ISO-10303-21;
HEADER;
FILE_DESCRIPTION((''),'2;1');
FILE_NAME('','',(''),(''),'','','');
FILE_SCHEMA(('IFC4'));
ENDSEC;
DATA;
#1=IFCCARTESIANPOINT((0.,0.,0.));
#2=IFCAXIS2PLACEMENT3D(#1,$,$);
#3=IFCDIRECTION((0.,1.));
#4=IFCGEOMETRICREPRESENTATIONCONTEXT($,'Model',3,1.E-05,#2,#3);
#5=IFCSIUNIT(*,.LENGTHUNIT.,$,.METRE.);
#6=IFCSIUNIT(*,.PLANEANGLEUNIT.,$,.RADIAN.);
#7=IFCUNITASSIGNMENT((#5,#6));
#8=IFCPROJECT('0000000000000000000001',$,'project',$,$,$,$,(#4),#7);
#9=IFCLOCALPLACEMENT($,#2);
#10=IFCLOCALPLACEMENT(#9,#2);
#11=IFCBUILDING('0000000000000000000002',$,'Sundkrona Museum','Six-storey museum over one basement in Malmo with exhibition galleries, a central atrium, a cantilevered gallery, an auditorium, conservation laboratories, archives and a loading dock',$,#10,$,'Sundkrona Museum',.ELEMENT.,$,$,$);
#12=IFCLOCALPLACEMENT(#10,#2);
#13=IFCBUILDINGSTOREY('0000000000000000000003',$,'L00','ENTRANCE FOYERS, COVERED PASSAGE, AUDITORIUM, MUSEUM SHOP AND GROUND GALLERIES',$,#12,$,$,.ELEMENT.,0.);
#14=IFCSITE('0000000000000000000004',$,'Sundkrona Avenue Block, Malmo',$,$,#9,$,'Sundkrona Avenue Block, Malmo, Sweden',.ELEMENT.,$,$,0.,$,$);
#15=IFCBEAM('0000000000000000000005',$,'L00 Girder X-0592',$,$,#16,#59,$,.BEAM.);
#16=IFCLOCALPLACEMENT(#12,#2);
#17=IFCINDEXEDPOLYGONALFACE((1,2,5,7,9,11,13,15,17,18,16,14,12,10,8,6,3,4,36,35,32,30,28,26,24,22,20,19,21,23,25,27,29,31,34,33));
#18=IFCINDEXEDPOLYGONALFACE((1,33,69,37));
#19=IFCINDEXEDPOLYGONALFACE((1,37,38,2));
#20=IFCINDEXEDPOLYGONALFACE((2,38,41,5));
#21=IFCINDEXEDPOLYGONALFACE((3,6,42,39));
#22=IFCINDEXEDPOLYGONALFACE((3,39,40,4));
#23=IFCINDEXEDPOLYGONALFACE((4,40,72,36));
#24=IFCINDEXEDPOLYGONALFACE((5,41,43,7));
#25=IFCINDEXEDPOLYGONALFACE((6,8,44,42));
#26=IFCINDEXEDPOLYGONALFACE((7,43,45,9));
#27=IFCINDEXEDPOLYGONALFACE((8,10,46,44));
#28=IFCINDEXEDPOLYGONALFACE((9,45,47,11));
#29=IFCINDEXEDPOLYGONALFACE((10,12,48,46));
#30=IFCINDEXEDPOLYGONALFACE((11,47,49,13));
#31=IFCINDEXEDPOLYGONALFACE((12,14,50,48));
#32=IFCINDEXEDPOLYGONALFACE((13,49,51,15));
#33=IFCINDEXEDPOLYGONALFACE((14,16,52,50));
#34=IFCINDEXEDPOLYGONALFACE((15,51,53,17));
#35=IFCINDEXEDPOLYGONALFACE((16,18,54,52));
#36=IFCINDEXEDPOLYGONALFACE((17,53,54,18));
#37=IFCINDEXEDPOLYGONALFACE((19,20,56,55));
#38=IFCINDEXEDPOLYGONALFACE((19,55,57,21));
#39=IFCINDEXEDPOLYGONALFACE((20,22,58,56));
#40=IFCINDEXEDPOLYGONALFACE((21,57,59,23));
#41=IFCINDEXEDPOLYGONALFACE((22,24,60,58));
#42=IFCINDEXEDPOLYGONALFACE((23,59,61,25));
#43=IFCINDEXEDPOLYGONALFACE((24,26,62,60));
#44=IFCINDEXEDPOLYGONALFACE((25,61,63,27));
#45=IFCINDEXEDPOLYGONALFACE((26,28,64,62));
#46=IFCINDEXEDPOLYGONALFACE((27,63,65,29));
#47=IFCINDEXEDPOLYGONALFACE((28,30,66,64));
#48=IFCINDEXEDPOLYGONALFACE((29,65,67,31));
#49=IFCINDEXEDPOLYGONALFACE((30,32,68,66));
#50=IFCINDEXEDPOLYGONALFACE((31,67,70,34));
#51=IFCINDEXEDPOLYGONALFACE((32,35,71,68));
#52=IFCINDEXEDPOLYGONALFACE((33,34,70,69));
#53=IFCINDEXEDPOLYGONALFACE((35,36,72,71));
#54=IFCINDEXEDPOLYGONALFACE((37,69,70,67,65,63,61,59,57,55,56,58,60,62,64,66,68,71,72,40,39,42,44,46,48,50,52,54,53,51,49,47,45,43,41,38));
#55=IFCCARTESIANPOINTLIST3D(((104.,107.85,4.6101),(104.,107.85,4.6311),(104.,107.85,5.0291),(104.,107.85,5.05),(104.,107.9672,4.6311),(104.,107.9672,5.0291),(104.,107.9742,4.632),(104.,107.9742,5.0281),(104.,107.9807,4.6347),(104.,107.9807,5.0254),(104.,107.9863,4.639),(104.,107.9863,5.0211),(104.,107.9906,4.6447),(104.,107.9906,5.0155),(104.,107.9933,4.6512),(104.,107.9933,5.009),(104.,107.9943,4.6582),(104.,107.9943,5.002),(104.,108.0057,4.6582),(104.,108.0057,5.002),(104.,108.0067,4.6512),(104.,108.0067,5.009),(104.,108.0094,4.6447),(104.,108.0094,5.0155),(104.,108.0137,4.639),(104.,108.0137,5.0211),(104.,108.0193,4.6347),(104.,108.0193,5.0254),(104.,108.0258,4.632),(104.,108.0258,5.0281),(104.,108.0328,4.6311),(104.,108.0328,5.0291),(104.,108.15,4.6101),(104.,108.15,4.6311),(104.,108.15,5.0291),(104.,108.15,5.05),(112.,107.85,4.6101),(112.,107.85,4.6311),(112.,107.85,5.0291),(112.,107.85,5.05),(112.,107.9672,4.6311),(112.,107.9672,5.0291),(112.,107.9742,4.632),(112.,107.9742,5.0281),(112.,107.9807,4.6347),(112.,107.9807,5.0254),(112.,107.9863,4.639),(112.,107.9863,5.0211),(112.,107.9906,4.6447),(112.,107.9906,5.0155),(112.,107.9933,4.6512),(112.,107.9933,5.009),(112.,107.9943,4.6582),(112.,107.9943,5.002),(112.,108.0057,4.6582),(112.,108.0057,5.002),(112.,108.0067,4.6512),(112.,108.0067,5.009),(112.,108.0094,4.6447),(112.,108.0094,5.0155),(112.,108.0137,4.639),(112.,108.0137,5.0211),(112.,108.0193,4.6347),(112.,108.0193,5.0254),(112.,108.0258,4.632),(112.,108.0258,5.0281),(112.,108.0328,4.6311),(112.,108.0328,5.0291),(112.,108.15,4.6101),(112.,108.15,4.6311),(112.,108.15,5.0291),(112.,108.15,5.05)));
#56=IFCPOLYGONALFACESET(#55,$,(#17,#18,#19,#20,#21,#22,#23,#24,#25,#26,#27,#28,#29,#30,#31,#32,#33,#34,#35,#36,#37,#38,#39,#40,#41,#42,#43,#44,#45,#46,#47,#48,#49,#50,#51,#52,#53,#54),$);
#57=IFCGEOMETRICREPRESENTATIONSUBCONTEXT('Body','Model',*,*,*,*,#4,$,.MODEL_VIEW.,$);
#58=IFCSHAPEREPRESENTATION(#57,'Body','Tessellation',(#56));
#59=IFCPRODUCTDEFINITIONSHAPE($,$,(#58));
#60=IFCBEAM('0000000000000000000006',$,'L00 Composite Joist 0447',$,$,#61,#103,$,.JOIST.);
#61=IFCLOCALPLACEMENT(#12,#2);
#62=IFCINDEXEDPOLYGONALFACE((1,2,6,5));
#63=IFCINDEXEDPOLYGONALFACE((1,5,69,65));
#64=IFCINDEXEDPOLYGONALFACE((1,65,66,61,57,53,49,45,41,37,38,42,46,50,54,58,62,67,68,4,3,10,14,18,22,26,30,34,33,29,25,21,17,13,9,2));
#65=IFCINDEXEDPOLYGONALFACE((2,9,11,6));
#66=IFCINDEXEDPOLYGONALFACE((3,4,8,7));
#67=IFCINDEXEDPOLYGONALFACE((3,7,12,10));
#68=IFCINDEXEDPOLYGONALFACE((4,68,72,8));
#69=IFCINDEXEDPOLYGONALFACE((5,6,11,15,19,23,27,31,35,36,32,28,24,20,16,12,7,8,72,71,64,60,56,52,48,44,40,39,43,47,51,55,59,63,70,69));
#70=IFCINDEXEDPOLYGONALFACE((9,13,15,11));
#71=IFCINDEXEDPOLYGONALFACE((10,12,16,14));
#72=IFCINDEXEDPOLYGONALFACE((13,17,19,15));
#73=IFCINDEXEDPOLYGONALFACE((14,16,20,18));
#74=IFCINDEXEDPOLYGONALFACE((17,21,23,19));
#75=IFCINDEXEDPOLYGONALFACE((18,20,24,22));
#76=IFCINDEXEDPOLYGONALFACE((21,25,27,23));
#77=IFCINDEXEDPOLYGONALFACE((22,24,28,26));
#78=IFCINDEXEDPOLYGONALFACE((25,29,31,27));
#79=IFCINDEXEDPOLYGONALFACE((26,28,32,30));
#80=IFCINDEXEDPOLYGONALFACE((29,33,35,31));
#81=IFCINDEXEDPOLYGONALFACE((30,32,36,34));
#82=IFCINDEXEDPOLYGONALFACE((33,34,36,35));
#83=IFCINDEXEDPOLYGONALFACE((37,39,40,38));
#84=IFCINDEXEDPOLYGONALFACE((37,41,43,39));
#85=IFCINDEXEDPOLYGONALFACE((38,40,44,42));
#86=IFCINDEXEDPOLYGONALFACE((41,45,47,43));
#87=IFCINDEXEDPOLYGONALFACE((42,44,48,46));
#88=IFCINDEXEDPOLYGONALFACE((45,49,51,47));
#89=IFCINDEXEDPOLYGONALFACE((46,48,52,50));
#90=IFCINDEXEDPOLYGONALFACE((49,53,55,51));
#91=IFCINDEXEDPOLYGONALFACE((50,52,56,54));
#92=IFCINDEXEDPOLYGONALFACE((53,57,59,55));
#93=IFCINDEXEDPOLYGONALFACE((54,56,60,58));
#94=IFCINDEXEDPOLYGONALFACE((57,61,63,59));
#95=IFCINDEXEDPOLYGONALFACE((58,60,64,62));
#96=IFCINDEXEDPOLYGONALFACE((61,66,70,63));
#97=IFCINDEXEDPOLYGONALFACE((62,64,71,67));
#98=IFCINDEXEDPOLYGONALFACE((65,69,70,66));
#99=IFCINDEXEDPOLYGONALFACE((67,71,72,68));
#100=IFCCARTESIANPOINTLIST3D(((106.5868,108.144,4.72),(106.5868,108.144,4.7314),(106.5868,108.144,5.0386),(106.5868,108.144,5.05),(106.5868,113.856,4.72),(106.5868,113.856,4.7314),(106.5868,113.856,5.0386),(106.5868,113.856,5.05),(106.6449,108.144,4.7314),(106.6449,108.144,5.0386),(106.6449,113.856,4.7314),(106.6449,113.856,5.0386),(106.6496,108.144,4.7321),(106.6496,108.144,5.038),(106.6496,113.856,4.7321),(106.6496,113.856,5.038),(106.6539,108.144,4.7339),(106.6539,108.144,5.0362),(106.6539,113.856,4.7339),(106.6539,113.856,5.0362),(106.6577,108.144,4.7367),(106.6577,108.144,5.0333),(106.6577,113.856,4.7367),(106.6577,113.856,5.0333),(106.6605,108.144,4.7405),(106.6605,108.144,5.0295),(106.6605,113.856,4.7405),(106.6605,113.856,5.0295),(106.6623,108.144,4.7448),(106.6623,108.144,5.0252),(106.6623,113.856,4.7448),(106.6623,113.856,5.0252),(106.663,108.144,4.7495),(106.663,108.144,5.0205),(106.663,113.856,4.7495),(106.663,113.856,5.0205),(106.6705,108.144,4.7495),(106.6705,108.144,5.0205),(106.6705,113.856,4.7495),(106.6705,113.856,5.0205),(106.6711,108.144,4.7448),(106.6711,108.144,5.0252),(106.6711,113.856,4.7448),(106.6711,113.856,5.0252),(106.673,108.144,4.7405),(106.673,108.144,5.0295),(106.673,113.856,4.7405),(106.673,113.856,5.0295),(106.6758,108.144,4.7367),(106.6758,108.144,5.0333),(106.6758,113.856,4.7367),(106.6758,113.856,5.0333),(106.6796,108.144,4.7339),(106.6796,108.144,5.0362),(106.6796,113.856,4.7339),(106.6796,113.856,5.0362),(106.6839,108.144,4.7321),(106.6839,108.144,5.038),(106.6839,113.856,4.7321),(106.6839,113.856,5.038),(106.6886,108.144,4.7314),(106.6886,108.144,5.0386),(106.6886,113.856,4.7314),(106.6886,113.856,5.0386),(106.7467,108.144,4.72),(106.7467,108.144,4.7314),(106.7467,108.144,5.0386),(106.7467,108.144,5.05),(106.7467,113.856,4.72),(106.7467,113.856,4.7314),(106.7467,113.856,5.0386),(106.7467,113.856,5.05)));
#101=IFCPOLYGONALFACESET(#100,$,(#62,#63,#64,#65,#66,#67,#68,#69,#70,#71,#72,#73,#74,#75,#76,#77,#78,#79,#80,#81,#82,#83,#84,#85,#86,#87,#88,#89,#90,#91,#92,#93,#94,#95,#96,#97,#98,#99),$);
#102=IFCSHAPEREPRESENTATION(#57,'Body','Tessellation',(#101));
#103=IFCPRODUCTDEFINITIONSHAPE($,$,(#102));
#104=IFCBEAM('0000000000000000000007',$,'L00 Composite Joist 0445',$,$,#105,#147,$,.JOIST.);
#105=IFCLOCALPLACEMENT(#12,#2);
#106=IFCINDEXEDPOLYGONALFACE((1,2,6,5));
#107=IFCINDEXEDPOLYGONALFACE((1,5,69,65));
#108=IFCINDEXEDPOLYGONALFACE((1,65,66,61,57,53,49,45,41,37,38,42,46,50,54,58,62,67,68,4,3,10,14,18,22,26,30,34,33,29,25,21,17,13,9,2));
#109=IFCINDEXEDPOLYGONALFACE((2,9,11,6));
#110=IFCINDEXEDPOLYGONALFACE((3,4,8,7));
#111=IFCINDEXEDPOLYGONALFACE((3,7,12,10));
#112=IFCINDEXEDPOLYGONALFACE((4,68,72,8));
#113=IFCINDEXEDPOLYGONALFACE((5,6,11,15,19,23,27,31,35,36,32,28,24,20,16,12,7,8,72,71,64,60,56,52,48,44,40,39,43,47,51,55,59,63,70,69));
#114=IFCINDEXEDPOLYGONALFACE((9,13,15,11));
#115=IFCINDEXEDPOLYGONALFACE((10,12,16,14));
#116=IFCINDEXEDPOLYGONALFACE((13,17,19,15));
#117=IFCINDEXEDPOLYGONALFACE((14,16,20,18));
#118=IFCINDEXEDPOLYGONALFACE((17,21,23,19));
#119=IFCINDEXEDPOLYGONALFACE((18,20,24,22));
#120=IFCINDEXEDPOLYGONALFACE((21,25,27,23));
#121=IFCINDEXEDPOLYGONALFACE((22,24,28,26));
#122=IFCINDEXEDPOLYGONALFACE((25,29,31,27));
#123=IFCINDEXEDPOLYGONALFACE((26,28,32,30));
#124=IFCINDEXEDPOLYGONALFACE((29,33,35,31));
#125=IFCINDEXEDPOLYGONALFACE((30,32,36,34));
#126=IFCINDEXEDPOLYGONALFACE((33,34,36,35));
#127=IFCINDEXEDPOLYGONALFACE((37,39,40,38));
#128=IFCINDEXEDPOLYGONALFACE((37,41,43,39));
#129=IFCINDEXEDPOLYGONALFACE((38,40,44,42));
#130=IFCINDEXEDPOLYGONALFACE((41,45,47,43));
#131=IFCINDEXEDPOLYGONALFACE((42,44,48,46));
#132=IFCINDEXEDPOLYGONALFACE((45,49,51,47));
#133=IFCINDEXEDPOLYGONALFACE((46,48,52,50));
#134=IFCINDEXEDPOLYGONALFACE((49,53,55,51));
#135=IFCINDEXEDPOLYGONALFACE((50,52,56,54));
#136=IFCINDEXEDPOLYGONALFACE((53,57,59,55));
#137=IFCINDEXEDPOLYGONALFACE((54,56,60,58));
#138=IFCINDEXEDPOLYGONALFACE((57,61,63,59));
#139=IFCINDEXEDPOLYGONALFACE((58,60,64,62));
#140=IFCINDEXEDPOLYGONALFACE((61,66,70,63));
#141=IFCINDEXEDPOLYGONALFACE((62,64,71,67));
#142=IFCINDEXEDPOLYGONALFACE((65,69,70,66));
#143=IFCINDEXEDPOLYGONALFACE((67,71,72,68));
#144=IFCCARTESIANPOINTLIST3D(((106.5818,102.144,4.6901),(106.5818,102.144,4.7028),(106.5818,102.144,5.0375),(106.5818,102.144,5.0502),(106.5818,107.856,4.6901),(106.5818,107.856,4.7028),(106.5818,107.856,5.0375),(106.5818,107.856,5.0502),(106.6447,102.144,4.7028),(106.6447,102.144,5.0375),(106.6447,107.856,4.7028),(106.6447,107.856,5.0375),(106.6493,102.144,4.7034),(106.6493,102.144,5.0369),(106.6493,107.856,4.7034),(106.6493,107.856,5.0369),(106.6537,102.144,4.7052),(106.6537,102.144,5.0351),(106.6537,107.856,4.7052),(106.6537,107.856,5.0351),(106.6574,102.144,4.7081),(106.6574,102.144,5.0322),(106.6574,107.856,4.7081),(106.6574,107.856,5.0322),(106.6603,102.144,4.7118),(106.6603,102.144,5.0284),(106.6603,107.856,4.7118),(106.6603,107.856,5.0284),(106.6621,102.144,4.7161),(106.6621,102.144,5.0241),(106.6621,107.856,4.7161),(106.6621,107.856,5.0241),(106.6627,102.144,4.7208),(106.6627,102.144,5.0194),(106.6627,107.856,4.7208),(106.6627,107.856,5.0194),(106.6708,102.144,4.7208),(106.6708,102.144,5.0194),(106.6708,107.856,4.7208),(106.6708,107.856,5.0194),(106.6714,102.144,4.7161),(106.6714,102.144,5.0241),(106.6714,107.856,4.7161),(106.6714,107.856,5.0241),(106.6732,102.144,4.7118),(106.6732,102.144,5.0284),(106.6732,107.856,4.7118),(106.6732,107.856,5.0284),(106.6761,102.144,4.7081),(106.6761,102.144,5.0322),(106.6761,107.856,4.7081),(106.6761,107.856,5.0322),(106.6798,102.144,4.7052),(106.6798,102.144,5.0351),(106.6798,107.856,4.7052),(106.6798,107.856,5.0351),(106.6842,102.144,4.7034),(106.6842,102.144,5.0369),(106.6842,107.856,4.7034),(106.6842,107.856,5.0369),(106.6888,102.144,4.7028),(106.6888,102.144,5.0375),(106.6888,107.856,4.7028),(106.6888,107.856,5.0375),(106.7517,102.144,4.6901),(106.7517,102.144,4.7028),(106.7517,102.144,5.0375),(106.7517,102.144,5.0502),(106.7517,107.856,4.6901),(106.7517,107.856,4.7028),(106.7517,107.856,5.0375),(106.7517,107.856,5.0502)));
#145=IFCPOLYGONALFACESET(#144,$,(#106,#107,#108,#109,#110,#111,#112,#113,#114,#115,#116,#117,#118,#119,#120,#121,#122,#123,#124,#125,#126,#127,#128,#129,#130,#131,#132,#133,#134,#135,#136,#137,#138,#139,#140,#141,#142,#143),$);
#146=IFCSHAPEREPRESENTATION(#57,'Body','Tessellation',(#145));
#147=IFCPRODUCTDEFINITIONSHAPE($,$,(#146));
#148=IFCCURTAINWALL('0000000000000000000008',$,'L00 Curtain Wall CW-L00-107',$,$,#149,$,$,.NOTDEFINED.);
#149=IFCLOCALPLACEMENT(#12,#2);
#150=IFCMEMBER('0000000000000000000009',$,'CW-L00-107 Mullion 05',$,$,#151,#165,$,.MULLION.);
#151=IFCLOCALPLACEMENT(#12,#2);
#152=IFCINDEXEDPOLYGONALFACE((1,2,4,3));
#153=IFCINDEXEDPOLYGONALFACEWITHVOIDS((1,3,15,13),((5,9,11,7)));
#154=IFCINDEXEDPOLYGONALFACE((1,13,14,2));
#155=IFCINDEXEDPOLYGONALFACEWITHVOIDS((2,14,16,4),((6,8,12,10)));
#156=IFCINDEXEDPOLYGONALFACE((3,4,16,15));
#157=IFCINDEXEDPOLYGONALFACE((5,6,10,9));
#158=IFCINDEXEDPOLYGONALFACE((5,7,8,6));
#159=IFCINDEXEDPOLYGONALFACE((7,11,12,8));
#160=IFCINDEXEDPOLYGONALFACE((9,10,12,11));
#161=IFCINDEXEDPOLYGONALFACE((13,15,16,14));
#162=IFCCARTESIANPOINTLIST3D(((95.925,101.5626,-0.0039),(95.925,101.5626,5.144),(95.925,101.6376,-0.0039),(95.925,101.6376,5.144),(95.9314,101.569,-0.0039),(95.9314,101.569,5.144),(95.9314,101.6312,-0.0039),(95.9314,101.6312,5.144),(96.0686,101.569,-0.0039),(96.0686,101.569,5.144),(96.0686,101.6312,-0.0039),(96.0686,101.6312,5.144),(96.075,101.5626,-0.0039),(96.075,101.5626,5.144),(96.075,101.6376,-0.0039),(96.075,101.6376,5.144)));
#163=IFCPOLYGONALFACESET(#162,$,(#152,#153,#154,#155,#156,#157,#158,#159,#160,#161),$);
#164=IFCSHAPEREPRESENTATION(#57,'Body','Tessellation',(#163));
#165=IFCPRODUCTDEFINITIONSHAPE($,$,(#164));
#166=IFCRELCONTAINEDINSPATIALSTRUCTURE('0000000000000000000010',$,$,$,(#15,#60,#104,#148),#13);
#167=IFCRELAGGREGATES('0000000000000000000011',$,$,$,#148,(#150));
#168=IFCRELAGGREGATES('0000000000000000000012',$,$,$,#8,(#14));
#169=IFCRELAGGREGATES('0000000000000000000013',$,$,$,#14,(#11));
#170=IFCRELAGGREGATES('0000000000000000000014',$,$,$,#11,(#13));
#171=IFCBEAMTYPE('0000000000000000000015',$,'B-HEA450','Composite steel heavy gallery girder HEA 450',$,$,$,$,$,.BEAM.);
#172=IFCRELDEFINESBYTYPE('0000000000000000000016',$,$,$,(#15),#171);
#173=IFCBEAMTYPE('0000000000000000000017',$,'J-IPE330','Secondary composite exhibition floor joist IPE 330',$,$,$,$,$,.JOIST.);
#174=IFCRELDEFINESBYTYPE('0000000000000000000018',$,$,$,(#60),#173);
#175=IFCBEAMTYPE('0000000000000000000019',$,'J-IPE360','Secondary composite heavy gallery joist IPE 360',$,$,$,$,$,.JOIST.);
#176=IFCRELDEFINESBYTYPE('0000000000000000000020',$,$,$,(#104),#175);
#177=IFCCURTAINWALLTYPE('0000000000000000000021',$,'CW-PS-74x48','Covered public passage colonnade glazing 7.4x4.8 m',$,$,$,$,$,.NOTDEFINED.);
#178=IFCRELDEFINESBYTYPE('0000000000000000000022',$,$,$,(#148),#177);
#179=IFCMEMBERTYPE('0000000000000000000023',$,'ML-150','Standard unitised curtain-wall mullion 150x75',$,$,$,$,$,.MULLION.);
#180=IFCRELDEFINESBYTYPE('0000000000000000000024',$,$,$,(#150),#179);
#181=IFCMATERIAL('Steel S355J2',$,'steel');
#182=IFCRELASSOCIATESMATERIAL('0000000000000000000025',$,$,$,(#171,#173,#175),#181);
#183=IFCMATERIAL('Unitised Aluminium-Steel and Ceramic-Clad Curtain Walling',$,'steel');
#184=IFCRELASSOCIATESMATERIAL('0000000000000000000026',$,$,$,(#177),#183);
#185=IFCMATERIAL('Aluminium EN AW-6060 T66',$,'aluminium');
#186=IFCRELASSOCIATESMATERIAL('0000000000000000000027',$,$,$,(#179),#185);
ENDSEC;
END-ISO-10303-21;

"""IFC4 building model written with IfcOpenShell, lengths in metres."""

from ifc_helpers import new_model, si_unit, direction, frame, origin, origin_2d, place, context, subcontext, project, spatial, hollow_rectangle, i_section, extrude, material, material_profile, profile_set, type_object, element, aggregate, save


model = new_model("IFC4")

# Units and contexts
model_context = context("Model", 3, precision=1e-05, world=origin(), true_north=direction((0.0, 1.0)))
body_context = subcontext(model_context, "Body", "Model", "MODEL_VIEW")
ifc_project = project(units=[si_unit("LENGTHUNIT", "METRE"), si_unit("PLANEANGLEUNIT", "RADIAN")], contexts=[model_context])

# Site, building, storey
site_placement = place(None, origin())
site = spatial("IfcSite", under=ifc_project, at=site_placement, Name="Sundkrona Avenue Block, Malmo", LongName="Sundkrona Avenue Block, Malmo, Sweden", CompositionType="ELEMENT", RefElevation=0.0)
building_placement = place(site_placement, origin())
building = spatial("IfcBuilding", under=site, at=building_placement, Name="Sundkrona Museum", Description="Six-storey museum over one basement in Malmo with exhibition galleries, a central atrium, a cantilevered gallery, an auditorium, conservation laboratories, archives and a loading dock", LongName="Sundkrona Museum", CompositionType="ELEMENT")
storey_placement = place(building_placement, origin())
storey = spatial("IfcBuildingStorey", under=building, at=storey_placement, Name="L00", Description="ENTRANCE FOYERS, COVERED PASSAGE, AUDITORIUM, MUSEUM SHOP AND GROUND GALLERIES", CompositionType="ELEMENT", Elevation=0.0)

# Shared definitions
ifc_material_1 = material(Name="Steel S355J2", Category="steel")

# Beams
ifc_material_profile_1 = material_profile(ifc_material_1, i_section(OverallWidth=0.3, OverallDepth=0.4399, WebThickness=0.0115, FlangeThickness=0.021, FilletRadius=0.0271, at=origin_2d()), Name="HEA 450")
ifc_profile_set_1 = profile_set([ifc_material_profile_1], Name="Steel S355J2")
beam_type_1 = type_object("IfcBeamType", Name="B-HEA450", Description="Composite steel heavy gallery girder HEA 450", PredefinedType="BEAM", material=ifc_profile_set_1)
for number, where, z_axis, x_axis, name in (
    (1, (104.0, 108.0, 4.8301), (1.0, 0.0, 0.0), (0.0, 1.0, 0.0), "L00 Girder X-0592"),
):
    element("IfcBeam", number, at=place(storey_placement, frame(where, z_axis=z_axis, x_axis=x_axis)), inside=storey, type_object=beam_type_1, Name=name, PredefinedType="BEAM", context=body_context, shape_type="SweptSolid", body=[
        extrude(i_section(OverallWidth=0.3, OverallDepth=0.4399, WebThickness=0.0115, FlangeThickness=0.021, FilletRadius=0.0271, at=origin_2d()), origin(), (0.0, 0.0, 1.0), 8.0),
    ])
ifc_material_profile_2 = material_profile(ifc_material_1, i_section(OverallWidth=0.1599, OverallDepth=0.3301, WebThickness=0.0076, FlangeThickness=0.0115, FilletRadius=0.0181, at=origin_2d()), Name="IPE 330")
ifc_profile_set_2 = profile_set([ifc_material_profile_2], Name="Steel S355J2")
beam_type_2 = type_object("IfcBeamType", Name="J-IPE330", Description="Secondary composite exhibition floor joist IPE 330", PredefinedType="JOIST", material=ifc_profile_set_2)
beam_1_placement = place(storey_placement, frame((106.6667, 108.144, 4.885), z_axis=(0.0, 1.0, 0.0), x_axis=(-1.0, 0.0, 0.0)))
element("IfcBeam", 2, at=beam_1_placement, inside=storey, type_object=beam_type_2, Name="L00 Composite Joist 0447", PredefinedType="JOIST", context=body_context, shape_type="SweptSolid", body=[
    extrude(i_section(OverallWidth=0.1599, OverallDepth=0.3301, WebThickness=0.0076, FlangeThickness=0.0115, FilletRadius=0.0181, at=origin_2d()), origin(), (0.0, 0.0, 1.0), 5.7119),
])
ifc_material_profile_3 = material_profile(ifc_material_1, i_section(OverallWidth=0.1699, OverallDepth=0.3601, WebThickness=0.0081, FlangeThickness=0.0127, FilletRadius=0.0181, at=origin_2d()), Name="IPE 360")
ifc_profile_set_3 = profile_set([ifc_material_profile_3], Name="Steel S355J2")
beam_type_3 = type_object("IfcBeamType", Name="J-IPE360", Description="Secondary composite heavy gallery joist IPE 360", PredefinedType="JOIST", material=ifc_profile_set_3)
beam_2_placement = place(storey_placement, frame((106.6667, 102.144, 4.8701), z_axis=(0.0, 1.0, 0.0), x_axis=(-1.0, 0.0, 0.0)))
element("IfcBeam", 3, at=beam_2_placement, inside=storey, type_object=beam_type_3, Name="L00 Composite Joist 0445", PredefinedType="JOIST", context=body_context, shape_type="SweptSolid", body=[
    extrude(i_section(OverallWidth=0.1699, OverallDepth=0.3601, WebThickness=0.0081, FlangeThickness=0.0127, FilletRadius=0.0181, at=origin_2d()), origin(), (0.0, 0.0, 1.0), 5.7119),
])

# Curtain wall, member
ifc_material_2 = material(Name="Unitised Aluminium-Steel and Ceramic-Clad Curtain Walling", Category="steel")
curtain_wall_type = type_object("IfcCurtainWallType", Name="CW-PS-74x48", Description="Covered public passage colonnade glazing 7.4x4.8 m", PredefinedType="NOTDEFINED", material=ifc_material_2)
curtain_wall_placement = place(storey_placement, origin())
curtain_wall = element("IfcCurtainWall", 4, at=curtain_wall_placement, inside=storey, type_object=curtain_wall_type, Name="L00 Curtain Wall CW-L00-107", PredefinedType="NOTDEFINED")
ifc_material_3 = material(Name="Aluminium EN AW-6060 T66", Category="aluminium")
ifc_material_profile_4 = material_profile(ifc_material_3, hollow_rectangle(XDim=0.075, YDim=0.1499, WallThickness=0.0063, at=origin_2d()), Name="RHS 150x75x6.3")
ifc_profile_set_4 = profile_set([ifc_material_profile_4], Name="Aluminium EN AW-6060 T66")
member_type_1 = type_object("IfcMemberType", Name="ML-150", Description="Standard unitised curtain-wall mullion 150x75", PredefinedType="MULLION", material=ifc_profile_set_4)
member_1_placement = place(storey_placement, frame((96.0, 101.6001, -0.0039), z_axis=(0.0, 0.0, 1.0), x_axis=(0.0, 1.0, 0.0)))
member_1 = element("IfcMember", 5, at=member_1_placement, type_object=member_type_1, Name="CW-L00-107 Mullion 05", PredefinedType="MULLION", context=body_context, shape_type="SweptSolid", body=[
    extrude(hollow_rectangle(XDim=0.075, YDim=0.1499, WallThickness=0.0063, at=origin_2d()), origin(), (0.0, 0.0, 1.0), 5.1479),
])

aggregate(curtain_wall, [member_1])

save(model, "model.ifc")
